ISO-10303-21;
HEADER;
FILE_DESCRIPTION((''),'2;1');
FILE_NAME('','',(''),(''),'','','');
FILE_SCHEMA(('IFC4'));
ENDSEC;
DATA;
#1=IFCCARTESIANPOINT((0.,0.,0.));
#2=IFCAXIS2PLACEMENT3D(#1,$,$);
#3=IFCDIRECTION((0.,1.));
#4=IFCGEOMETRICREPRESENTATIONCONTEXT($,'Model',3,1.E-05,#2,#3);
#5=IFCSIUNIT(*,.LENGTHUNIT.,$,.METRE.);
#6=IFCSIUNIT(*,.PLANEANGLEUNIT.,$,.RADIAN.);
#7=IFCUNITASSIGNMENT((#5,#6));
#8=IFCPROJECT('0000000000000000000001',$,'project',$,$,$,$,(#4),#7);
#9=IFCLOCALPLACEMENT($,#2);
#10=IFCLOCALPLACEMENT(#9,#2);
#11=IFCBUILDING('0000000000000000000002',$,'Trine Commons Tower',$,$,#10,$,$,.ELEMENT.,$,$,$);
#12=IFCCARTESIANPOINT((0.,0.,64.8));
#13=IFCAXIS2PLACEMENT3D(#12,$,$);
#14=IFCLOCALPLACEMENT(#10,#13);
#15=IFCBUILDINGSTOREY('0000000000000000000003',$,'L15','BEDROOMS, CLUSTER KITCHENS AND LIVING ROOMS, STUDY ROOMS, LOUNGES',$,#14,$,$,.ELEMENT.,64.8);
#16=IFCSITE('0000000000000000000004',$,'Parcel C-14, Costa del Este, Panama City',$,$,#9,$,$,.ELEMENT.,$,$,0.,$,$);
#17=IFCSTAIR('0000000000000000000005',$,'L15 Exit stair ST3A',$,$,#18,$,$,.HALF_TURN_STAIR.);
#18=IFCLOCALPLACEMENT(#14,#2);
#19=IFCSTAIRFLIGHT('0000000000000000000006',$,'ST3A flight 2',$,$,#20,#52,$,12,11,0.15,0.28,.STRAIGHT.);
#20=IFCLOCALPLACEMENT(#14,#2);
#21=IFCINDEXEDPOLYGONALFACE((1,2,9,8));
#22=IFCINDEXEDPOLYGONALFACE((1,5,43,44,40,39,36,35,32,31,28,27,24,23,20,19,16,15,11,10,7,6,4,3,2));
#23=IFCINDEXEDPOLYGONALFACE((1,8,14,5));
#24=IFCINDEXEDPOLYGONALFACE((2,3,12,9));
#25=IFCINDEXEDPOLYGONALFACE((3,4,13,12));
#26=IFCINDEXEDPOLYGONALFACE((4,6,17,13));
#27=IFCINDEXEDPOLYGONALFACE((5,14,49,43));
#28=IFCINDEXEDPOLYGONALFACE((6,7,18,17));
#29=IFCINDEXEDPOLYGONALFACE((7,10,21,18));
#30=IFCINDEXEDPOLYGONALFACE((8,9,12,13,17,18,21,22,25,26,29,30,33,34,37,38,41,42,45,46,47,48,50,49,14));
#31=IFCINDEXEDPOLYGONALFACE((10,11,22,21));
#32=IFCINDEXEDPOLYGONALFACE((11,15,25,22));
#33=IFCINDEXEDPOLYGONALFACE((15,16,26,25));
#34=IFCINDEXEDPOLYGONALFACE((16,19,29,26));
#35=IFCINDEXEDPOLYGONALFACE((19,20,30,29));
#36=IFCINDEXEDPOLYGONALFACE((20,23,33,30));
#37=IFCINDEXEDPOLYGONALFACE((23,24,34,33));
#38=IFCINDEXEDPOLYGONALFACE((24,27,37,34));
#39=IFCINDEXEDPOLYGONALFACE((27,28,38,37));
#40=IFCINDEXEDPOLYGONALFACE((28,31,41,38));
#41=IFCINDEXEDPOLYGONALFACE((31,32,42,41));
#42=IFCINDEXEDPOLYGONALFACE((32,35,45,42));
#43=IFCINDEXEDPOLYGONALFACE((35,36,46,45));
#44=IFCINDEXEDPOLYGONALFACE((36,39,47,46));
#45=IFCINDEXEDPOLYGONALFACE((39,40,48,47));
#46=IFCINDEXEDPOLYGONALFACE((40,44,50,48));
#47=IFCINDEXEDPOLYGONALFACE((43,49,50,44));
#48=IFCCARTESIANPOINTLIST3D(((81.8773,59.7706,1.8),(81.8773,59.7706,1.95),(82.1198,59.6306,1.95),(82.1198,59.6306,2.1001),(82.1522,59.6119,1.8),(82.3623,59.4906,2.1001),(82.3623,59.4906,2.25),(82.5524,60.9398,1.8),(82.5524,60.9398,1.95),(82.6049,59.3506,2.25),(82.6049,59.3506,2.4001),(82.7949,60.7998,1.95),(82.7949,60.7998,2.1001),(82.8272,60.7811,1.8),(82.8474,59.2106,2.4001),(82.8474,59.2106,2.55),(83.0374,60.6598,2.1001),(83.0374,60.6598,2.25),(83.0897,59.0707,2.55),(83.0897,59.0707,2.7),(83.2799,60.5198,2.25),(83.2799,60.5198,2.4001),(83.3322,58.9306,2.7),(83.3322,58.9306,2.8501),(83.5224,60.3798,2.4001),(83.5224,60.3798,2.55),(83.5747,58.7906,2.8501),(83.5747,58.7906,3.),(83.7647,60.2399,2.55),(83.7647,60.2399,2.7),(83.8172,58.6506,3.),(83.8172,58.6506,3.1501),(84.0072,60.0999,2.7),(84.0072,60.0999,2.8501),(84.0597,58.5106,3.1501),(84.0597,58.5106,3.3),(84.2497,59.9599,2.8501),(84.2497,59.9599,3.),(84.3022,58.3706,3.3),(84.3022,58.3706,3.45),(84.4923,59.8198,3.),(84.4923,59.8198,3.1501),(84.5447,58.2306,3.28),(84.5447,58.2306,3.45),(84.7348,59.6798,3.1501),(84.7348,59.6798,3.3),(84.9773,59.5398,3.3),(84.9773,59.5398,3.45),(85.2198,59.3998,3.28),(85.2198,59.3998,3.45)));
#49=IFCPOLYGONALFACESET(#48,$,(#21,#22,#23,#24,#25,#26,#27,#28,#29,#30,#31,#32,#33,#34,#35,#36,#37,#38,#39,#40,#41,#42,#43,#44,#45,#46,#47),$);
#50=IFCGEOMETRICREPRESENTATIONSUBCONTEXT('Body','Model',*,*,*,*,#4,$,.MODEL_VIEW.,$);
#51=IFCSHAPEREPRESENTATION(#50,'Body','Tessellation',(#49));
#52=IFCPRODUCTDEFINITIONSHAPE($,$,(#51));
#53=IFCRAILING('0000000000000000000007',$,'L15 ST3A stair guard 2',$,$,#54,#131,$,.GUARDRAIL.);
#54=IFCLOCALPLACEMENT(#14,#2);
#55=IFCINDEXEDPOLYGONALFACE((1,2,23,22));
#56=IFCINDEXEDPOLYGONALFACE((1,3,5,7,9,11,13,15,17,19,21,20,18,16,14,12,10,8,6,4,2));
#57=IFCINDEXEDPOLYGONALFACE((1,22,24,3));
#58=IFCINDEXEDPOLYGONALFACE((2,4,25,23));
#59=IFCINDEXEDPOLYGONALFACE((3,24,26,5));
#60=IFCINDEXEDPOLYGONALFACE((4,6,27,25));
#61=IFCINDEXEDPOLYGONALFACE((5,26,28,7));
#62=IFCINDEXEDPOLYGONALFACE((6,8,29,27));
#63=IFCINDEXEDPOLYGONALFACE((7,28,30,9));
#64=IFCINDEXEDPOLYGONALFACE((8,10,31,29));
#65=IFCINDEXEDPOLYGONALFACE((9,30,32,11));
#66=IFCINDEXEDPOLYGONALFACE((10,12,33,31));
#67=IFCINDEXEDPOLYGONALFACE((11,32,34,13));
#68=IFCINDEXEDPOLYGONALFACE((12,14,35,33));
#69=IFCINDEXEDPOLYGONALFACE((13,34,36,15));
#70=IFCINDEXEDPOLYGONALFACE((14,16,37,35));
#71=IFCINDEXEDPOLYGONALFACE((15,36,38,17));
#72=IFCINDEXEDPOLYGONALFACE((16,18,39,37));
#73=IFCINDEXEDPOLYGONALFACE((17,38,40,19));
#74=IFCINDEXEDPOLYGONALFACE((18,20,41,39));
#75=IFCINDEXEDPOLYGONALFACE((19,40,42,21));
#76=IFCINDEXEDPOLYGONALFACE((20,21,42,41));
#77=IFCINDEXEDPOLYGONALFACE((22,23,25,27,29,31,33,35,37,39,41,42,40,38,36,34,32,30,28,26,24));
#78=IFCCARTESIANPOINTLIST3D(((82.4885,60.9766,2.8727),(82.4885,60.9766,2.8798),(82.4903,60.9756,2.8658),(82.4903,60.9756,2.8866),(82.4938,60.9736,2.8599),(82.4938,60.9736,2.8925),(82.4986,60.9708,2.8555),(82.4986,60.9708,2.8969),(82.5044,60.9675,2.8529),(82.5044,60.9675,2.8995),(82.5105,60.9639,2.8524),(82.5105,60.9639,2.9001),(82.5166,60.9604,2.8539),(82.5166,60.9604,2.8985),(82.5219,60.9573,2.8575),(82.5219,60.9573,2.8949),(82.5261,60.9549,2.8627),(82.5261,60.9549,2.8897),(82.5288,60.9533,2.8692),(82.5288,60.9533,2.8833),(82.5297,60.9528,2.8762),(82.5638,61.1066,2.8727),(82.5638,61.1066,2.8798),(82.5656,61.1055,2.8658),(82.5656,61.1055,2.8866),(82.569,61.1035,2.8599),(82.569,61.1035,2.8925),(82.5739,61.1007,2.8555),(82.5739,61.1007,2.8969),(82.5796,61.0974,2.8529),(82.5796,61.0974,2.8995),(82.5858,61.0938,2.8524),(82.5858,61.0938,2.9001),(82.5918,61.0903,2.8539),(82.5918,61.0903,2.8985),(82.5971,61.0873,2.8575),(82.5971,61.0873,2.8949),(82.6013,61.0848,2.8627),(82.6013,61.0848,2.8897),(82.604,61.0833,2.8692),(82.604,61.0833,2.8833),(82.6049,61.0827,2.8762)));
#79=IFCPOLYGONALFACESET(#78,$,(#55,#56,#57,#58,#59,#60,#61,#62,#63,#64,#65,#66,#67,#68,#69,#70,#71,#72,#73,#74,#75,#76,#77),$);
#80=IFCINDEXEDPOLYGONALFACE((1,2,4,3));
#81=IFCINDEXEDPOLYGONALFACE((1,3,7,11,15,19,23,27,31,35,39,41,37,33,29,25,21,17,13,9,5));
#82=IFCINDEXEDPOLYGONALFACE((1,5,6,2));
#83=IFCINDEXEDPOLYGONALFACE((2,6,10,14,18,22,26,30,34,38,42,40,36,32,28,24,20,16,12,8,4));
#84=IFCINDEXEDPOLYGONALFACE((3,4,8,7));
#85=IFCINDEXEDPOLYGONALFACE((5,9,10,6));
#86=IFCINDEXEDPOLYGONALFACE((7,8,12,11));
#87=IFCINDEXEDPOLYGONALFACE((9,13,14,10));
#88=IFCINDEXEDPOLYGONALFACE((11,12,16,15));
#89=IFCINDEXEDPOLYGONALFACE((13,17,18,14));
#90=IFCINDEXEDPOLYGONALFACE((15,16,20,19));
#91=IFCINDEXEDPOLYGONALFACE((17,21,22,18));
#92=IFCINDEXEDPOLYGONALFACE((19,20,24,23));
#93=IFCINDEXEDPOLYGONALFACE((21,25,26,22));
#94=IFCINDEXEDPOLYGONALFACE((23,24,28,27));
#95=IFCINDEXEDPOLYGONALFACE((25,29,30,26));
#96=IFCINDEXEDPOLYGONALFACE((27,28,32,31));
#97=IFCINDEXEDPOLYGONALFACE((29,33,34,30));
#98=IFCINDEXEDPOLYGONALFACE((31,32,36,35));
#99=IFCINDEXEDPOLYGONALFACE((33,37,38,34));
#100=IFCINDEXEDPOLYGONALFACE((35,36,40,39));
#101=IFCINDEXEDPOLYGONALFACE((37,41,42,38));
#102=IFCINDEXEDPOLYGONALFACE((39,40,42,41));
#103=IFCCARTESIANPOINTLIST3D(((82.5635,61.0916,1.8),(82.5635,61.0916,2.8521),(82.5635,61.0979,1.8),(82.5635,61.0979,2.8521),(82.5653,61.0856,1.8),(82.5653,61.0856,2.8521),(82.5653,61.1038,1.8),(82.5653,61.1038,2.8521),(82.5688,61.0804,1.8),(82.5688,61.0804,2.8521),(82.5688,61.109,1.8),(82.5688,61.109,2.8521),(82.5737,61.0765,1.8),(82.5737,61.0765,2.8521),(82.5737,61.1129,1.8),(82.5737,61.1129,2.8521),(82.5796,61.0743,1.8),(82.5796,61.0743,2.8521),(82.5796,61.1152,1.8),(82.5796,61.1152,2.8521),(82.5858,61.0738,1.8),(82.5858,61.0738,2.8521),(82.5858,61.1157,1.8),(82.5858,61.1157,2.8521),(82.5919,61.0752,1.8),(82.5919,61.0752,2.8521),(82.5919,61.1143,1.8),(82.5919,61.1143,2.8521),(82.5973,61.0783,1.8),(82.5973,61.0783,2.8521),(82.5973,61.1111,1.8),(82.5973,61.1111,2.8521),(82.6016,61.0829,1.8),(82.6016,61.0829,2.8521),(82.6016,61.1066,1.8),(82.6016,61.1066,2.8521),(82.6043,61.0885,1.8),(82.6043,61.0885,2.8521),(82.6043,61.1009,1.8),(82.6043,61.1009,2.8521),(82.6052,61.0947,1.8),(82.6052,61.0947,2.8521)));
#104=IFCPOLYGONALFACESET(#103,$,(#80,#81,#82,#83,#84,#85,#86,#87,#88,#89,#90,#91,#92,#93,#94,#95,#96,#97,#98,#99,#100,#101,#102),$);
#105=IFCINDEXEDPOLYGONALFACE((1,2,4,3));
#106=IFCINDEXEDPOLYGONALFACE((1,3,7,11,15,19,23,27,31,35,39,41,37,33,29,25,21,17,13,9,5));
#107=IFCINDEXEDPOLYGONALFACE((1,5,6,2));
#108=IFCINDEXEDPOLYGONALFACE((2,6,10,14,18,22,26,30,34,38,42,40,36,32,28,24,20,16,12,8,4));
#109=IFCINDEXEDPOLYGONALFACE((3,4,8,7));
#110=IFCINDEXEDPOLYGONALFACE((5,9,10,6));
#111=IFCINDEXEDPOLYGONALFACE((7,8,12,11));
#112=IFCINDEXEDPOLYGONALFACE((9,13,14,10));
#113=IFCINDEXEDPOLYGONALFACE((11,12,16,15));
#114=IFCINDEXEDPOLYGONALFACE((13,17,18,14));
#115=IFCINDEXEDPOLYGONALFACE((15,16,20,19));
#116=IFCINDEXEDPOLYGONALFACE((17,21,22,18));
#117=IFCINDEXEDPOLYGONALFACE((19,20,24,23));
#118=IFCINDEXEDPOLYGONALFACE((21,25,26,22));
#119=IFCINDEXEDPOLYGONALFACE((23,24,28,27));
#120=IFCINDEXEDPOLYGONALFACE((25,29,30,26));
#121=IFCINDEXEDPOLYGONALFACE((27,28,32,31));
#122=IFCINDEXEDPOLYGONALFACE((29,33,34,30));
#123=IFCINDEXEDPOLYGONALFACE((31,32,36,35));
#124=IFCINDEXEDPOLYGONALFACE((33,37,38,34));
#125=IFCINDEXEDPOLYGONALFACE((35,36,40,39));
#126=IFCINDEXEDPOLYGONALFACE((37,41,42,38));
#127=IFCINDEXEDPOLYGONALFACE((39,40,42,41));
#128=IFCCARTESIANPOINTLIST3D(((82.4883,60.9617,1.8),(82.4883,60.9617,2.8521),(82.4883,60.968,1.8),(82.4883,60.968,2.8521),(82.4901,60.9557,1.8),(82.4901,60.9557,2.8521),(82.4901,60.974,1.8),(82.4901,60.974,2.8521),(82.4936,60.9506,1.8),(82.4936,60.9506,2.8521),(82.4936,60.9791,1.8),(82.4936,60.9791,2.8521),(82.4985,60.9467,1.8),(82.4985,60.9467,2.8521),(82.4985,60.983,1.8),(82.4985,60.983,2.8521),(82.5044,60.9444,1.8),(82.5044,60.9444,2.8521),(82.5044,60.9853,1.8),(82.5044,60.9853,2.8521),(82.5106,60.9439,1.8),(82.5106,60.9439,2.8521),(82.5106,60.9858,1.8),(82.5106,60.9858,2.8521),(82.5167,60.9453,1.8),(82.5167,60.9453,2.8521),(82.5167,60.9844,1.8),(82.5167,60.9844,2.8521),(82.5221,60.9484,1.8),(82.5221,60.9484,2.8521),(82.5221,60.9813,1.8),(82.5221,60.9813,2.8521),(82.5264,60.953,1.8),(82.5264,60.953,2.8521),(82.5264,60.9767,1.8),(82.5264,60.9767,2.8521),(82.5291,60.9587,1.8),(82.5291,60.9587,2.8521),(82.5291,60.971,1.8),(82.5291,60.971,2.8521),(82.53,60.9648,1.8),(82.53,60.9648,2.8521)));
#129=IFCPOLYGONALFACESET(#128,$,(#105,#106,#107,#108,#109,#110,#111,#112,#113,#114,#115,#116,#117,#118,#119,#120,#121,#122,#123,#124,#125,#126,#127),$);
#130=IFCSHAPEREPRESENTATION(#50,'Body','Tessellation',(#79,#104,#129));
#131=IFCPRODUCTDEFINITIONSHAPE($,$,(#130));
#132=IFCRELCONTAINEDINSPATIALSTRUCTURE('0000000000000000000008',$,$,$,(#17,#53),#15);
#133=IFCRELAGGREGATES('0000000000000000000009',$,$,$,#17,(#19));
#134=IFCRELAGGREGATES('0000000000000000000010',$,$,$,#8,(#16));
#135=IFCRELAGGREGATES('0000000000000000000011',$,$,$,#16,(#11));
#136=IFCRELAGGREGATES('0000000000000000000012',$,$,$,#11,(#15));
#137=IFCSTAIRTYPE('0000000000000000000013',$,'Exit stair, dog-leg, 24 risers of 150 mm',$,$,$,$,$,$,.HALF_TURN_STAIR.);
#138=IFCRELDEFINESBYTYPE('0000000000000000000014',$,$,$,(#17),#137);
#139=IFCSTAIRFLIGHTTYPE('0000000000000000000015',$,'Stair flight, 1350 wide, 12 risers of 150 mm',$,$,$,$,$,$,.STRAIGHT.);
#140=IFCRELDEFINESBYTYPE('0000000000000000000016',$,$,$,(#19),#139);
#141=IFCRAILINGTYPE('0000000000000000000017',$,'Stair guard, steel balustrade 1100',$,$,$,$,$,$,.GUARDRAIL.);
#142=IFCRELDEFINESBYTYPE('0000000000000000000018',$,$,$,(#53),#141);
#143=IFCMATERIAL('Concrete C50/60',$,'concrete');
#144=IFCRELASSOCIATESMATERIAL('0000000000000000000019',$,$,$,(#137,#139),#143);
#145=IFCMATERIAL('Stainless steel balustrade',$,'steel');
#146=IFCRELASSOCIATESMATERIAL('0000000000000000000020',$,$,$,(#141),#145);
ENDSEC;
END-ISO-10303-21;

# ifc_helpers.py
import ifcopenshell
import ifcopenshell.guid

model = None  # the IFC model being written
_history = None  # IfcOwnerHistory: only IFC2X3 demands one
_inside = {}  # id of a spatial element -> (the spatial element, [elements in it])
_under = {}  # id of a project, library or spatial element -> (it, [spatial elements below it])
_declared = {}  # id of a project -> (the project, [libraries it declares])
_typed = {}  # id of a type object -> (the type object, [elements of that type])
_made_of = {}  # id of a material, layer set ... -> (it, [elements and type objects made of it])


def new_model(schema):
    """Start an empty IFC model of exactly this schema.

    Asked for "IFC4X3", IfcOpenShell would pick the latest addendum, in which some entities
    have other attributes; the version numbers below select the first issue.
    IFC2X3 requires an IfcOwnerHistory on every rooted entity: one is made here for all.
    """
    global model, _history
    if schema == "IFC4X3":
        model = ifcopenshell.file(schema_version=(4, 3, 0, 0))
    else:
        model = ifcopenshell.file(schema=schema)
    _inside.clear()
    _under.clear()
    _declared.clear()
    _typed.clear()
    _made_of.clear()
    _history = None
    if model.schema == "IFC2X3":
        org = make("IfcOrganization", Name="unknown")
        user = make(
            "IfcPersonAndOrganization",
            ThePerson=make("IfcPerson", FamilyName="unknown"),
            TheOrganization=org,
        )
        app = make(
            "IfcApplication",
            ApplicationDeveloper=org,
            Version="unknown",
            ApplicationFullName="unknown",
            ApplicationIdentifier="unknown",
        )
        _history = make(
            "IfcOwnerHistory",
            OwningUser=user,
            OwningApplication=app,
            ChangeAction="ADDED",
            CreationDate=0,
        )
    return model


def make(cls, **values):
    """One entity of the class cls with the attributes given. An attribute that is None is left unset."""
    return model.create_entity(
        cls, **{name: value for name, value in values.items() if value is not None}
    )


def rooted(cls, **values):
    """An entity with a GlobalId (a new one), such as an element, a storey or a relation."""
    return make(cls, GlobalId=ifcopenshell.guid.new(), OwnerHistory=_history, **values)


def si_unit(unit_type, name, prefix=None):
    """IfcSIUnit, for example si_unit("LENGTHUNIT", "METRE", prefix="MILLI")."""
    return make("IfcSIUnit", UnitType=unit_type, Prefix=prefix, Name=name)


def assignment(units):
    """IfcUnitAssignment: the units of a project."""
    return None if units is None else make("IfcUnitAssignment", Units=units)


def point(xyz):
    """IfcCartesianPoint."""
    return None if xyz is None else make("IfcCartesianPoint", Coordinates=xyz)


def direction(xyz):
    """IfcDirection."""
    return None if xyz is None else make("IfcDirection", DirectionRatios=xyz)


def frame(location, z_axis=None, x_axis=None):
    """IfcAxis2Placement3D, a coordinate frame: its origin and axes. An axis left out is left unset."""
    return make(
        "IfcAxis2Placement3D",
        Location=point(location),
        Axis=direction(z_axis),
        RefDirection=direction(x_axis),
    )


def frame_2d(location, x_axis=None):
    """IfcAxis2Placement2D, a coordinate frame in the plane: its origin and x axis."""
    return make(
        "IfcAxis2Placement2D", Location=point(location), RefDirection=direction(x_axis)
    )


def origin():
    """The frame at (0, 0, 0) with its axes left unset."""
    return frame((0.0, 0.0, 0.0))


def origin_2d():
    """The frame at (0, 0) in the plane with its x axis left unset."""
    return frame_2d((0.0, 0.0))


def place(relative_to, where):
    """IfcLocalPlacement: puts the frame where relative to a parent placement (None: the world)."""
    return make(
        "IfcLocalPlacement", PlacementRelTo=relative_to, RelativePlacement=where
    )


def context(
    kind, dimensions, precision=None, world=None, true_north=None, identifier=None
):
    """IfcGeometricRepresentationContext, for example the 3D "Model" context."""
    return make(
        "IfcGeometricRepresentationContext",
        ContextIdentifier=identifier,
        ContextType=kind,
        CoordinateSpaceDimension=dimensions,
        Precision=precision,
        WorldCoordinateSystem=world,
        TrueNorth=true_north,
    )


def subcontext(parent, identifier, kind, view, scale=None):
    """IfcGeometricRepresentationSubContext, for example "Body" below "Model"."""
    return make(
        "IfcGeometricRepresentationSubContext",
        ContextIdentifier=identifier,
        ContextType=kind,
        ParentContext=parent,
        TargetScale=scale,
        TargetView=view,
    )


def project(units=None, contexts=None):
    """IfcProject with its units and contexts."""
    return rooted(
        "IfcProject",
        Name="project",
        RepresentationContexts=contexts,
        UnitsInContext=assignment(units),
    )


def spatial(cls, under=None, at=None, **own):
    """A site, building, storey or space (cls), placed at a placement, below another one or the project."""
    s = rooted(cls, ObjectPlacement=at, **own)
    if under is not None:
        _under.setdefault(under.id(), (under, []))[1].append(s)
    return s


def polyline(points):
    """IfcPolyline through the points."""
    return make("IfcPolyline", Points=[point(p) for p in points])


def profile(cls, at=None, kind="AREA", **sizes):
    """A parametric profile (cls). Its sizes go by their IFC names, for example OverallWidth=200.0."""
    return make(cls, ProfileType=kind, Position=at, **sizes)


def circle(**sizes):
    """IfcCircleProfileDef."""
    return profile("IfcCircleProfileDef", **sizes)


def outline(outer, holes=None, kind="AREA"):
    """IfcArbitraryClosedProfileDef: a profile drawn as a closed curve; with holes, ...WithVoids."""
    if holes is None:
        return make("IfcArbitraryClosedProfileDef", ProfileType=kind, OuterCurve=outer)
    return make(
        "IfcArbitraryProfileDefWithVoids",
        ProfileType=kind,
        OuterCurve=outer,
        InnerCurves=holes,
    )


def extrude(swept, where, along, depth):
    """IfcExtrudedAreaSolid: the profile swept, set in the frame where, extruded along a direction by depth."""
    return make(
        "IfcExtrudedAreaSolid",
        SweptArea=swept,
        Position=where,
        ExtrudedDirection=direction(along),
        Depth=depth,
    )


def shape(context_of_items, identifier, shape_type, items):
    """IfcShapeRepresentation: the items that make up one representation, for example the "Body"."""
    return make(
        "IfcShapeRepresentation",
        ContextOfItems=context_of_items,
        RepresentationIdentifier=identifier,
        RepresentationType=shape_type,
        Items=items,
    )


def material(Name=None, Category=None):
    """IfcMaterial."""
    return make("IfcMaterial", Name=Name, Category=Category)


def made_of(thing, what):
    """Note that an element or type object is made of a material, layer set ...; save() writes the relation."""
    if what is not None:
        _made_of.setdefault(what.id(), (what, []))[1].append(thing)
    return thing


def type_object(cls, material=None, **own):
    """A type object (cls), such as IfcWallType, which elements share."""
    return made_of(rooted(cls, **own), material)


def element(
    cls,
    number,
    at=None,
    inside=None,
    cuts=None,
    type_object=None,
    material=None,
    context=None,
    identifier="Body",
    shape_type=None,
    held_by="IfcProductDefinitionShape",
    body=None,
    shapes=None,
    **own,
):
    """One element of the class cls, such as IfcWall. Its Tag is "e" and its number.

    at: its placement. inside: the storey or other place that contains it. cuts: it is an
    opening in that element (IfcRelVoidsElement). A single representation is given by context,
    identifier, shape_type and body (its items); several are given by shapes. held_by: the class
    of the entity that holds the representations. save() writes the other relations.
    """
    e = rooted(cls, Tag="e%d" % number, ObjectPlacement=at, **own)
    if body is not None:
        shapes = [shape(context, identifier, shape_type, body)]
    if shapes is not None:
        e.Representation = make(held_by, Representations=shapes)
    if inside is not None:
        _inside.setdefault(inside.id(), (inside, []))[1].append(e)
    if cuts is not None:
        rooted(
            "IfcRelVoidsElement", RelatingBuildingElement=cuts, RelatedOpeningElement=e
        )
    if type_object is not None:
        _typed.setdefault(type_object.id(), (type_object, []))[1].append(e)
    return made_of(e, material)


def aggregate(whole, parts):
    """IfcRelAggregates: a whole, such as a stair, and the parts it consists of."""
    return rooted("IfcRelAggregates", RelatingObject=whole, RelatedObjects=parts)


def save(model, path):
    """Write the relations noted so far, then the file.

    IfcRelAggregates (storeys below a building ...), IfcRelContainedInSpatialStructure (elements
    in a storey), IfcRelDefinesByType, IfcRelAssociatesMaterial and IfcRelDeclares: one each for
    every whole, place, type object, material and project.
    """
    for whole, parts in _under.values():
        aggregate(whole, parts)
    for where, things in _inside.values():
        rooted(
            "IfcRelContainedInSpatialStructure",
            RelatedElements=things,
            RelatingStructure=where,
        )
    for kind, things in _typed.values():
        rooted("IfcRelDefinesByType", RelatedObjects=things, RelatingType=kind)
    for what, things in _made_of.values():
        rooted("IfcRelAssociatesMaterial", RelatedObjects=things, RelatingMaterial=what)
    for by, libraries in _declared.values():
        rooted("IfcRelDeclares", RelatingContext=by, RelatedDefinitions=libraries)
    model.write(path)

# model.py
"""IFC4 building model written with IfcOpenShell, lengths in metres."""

from ifc_helpers import new_model, si_unit, direction, frame, origin, origin_2d, place, context, subcontext, project, spatial, polyline, circle, outline, extrude, material, type_object, element, aggregate, save


model = new_model("IFC4")

# Units and contexts
model_context = context("Model", 3, precision=1e-05, world=origin(), true_north=direction((0.0, 1.0)))
body_context = subcontext(model_context, "Body", "Model", "MODEL_VIEW")
ifc_project = project(units=[si_unit("LENGTHUNIT", "METRE"), si_unit("PLANEANGLEUNIT", "RADIAN")], contexts=[model_context])

# Site, building, storey
site_placement = place(None, origin())
site = spatial("IfcSite", under=ifc_project, at=site_placement, Name="Parcel C-14, Costa del Este, Panama City", CompositionType="ELEMENT", RefElevation=0.0)
building_placement = place(site_placement, origin())
building = spatial("IfcBuilding", under=site, at=building_placement, Name="Trine Commons Tower", CompositionType="ELEMENT")
storey_placement = place(building_placement, frame((0.0, 0.0, 64.8)))
storey = spatial("IfcBuildingStorey", under=building, at=storey_placement, Name="L15", Description="BEDROOMS, CLUSTER KITCHENS AND LIVING ROOMS, STUDY ROOMS, LOUNGES", CompositionType="ELEMENT", Elevation=64.8)

# Stair, stair flight
ifc_material_1 = material(Name="Concrete C50/60", Category="concrete")
stair_type = type_object("IfcStairType", Name="Exit stair, dog-leg, 24 risers of 150 mm", PredefinedType="HALF_TURN_STAIR", material=ifc_material_1)
stair_placement = place(storey_placement, origin())
stair = element("IfcStair", 1, at=stair_placement, inside=storey, type_object=stair_type, Name="L15 Exit stair ST3A", PredefinedType="HALF_TURN_STAIR")
stair_flight_type = type_object("IfcStairFlightType", Name="Stair flight, 1350 wide, 12 risers of 150 mm", PredefinedType="STRAIGHT", material=ifc_material_1)
stair_flight_placement = place(storey_placement, frame((82.2148, 60.3552, 1.8), z_axis=(0.0, 0.0, 1.0), x_axis=(0.866025, -0.5, 0.0)))
stair_flight = element("IfcStairFlight", 2, at=stair_flight_placement, type_object=stair_flight_type, Name="ST3A flight 2", NumberOfRisers=12, NumberOfTreads=11, PredefinedType="STRAIGHT", RiserHeight=0.15, TreadLength=0.28, context=body_context, shape_type="SweptSolid", body=[
    extrude(outline(polyline([(0.0, 0.0), (0.0, 0.1499), (0.28, 0.1499), (0.28, 0.3), (0.5601, 0.3), (0.5601, 0.45), (0.8401, 0.45), (0.8401, 0.6001), (1.1201, 0.6001), (1.1201, 0.75), (1.3999, 0.75), (1.3999, 0.8999), (1.6799, 0.8999), (1.6799, 1.05), (1.96, 1.05), (1.96, 1.2), (2.24, 1.2), (2.24, 1.3501), (2.52, 1.3501), (2.52, 1.5), (2.8, 1.5), (2.8, 1.6499), (3.0801, 1.6499), (3.0801, 1.8), (3.0801, 1.48), (0.3174, 0.0), (0.0, 0.0)])), frame((0.0, 0.675, 0.0), z_axis=(0.0, -1.0, 0.0), x_axis=(1.0, 0.0, 0.0)), (0.0, 0.0, 1.0), 1.3501),
])
aggregate(stair, [stair_flight])

# Railing
ifc_material_2 = material(Name="Stainless steel balustrade", Category="steel")
railing_type_1 = type_object("IfcRailingType", Name="Stair guard, steel balustrade 1100", PredefinedType="GUARDRAIL", material=ifc_material_2)
railing_1_placement = place(storey_placement, frame((82.5842, 61.0947, 1.8)))
element("IfcRailing", 3, at=railing_1_placement, inside=storey, type_object=railing_type_1, Name="L15 ST3A stair guard 2", PredefinedType="GUARDRAIL", context=body_context, shape_type="SweptSolid", body=[
    extrude(circle(Radius=0.0239, at=origin_2d()), frame((0.0, 0.0, 1.0762), z_axis=(-0.501036, -0.865426, 0.0), x_axis=(0.865426, -0.501036, 0.0)), (0.0, 0.0, 1.0), 0.1501),
    extrude(circle(Radius=0.021, at=origin_2d()), origin(), (0.0, 0.0, 1.0), 1.052),
    extrude(circle(Radius=0.021, at=origin_2d()), frame((-0.0752, -0.1299, 0.0)), (0.0, 0.0, 1.0), 1.052),
])

save(model, "model.ifc")
